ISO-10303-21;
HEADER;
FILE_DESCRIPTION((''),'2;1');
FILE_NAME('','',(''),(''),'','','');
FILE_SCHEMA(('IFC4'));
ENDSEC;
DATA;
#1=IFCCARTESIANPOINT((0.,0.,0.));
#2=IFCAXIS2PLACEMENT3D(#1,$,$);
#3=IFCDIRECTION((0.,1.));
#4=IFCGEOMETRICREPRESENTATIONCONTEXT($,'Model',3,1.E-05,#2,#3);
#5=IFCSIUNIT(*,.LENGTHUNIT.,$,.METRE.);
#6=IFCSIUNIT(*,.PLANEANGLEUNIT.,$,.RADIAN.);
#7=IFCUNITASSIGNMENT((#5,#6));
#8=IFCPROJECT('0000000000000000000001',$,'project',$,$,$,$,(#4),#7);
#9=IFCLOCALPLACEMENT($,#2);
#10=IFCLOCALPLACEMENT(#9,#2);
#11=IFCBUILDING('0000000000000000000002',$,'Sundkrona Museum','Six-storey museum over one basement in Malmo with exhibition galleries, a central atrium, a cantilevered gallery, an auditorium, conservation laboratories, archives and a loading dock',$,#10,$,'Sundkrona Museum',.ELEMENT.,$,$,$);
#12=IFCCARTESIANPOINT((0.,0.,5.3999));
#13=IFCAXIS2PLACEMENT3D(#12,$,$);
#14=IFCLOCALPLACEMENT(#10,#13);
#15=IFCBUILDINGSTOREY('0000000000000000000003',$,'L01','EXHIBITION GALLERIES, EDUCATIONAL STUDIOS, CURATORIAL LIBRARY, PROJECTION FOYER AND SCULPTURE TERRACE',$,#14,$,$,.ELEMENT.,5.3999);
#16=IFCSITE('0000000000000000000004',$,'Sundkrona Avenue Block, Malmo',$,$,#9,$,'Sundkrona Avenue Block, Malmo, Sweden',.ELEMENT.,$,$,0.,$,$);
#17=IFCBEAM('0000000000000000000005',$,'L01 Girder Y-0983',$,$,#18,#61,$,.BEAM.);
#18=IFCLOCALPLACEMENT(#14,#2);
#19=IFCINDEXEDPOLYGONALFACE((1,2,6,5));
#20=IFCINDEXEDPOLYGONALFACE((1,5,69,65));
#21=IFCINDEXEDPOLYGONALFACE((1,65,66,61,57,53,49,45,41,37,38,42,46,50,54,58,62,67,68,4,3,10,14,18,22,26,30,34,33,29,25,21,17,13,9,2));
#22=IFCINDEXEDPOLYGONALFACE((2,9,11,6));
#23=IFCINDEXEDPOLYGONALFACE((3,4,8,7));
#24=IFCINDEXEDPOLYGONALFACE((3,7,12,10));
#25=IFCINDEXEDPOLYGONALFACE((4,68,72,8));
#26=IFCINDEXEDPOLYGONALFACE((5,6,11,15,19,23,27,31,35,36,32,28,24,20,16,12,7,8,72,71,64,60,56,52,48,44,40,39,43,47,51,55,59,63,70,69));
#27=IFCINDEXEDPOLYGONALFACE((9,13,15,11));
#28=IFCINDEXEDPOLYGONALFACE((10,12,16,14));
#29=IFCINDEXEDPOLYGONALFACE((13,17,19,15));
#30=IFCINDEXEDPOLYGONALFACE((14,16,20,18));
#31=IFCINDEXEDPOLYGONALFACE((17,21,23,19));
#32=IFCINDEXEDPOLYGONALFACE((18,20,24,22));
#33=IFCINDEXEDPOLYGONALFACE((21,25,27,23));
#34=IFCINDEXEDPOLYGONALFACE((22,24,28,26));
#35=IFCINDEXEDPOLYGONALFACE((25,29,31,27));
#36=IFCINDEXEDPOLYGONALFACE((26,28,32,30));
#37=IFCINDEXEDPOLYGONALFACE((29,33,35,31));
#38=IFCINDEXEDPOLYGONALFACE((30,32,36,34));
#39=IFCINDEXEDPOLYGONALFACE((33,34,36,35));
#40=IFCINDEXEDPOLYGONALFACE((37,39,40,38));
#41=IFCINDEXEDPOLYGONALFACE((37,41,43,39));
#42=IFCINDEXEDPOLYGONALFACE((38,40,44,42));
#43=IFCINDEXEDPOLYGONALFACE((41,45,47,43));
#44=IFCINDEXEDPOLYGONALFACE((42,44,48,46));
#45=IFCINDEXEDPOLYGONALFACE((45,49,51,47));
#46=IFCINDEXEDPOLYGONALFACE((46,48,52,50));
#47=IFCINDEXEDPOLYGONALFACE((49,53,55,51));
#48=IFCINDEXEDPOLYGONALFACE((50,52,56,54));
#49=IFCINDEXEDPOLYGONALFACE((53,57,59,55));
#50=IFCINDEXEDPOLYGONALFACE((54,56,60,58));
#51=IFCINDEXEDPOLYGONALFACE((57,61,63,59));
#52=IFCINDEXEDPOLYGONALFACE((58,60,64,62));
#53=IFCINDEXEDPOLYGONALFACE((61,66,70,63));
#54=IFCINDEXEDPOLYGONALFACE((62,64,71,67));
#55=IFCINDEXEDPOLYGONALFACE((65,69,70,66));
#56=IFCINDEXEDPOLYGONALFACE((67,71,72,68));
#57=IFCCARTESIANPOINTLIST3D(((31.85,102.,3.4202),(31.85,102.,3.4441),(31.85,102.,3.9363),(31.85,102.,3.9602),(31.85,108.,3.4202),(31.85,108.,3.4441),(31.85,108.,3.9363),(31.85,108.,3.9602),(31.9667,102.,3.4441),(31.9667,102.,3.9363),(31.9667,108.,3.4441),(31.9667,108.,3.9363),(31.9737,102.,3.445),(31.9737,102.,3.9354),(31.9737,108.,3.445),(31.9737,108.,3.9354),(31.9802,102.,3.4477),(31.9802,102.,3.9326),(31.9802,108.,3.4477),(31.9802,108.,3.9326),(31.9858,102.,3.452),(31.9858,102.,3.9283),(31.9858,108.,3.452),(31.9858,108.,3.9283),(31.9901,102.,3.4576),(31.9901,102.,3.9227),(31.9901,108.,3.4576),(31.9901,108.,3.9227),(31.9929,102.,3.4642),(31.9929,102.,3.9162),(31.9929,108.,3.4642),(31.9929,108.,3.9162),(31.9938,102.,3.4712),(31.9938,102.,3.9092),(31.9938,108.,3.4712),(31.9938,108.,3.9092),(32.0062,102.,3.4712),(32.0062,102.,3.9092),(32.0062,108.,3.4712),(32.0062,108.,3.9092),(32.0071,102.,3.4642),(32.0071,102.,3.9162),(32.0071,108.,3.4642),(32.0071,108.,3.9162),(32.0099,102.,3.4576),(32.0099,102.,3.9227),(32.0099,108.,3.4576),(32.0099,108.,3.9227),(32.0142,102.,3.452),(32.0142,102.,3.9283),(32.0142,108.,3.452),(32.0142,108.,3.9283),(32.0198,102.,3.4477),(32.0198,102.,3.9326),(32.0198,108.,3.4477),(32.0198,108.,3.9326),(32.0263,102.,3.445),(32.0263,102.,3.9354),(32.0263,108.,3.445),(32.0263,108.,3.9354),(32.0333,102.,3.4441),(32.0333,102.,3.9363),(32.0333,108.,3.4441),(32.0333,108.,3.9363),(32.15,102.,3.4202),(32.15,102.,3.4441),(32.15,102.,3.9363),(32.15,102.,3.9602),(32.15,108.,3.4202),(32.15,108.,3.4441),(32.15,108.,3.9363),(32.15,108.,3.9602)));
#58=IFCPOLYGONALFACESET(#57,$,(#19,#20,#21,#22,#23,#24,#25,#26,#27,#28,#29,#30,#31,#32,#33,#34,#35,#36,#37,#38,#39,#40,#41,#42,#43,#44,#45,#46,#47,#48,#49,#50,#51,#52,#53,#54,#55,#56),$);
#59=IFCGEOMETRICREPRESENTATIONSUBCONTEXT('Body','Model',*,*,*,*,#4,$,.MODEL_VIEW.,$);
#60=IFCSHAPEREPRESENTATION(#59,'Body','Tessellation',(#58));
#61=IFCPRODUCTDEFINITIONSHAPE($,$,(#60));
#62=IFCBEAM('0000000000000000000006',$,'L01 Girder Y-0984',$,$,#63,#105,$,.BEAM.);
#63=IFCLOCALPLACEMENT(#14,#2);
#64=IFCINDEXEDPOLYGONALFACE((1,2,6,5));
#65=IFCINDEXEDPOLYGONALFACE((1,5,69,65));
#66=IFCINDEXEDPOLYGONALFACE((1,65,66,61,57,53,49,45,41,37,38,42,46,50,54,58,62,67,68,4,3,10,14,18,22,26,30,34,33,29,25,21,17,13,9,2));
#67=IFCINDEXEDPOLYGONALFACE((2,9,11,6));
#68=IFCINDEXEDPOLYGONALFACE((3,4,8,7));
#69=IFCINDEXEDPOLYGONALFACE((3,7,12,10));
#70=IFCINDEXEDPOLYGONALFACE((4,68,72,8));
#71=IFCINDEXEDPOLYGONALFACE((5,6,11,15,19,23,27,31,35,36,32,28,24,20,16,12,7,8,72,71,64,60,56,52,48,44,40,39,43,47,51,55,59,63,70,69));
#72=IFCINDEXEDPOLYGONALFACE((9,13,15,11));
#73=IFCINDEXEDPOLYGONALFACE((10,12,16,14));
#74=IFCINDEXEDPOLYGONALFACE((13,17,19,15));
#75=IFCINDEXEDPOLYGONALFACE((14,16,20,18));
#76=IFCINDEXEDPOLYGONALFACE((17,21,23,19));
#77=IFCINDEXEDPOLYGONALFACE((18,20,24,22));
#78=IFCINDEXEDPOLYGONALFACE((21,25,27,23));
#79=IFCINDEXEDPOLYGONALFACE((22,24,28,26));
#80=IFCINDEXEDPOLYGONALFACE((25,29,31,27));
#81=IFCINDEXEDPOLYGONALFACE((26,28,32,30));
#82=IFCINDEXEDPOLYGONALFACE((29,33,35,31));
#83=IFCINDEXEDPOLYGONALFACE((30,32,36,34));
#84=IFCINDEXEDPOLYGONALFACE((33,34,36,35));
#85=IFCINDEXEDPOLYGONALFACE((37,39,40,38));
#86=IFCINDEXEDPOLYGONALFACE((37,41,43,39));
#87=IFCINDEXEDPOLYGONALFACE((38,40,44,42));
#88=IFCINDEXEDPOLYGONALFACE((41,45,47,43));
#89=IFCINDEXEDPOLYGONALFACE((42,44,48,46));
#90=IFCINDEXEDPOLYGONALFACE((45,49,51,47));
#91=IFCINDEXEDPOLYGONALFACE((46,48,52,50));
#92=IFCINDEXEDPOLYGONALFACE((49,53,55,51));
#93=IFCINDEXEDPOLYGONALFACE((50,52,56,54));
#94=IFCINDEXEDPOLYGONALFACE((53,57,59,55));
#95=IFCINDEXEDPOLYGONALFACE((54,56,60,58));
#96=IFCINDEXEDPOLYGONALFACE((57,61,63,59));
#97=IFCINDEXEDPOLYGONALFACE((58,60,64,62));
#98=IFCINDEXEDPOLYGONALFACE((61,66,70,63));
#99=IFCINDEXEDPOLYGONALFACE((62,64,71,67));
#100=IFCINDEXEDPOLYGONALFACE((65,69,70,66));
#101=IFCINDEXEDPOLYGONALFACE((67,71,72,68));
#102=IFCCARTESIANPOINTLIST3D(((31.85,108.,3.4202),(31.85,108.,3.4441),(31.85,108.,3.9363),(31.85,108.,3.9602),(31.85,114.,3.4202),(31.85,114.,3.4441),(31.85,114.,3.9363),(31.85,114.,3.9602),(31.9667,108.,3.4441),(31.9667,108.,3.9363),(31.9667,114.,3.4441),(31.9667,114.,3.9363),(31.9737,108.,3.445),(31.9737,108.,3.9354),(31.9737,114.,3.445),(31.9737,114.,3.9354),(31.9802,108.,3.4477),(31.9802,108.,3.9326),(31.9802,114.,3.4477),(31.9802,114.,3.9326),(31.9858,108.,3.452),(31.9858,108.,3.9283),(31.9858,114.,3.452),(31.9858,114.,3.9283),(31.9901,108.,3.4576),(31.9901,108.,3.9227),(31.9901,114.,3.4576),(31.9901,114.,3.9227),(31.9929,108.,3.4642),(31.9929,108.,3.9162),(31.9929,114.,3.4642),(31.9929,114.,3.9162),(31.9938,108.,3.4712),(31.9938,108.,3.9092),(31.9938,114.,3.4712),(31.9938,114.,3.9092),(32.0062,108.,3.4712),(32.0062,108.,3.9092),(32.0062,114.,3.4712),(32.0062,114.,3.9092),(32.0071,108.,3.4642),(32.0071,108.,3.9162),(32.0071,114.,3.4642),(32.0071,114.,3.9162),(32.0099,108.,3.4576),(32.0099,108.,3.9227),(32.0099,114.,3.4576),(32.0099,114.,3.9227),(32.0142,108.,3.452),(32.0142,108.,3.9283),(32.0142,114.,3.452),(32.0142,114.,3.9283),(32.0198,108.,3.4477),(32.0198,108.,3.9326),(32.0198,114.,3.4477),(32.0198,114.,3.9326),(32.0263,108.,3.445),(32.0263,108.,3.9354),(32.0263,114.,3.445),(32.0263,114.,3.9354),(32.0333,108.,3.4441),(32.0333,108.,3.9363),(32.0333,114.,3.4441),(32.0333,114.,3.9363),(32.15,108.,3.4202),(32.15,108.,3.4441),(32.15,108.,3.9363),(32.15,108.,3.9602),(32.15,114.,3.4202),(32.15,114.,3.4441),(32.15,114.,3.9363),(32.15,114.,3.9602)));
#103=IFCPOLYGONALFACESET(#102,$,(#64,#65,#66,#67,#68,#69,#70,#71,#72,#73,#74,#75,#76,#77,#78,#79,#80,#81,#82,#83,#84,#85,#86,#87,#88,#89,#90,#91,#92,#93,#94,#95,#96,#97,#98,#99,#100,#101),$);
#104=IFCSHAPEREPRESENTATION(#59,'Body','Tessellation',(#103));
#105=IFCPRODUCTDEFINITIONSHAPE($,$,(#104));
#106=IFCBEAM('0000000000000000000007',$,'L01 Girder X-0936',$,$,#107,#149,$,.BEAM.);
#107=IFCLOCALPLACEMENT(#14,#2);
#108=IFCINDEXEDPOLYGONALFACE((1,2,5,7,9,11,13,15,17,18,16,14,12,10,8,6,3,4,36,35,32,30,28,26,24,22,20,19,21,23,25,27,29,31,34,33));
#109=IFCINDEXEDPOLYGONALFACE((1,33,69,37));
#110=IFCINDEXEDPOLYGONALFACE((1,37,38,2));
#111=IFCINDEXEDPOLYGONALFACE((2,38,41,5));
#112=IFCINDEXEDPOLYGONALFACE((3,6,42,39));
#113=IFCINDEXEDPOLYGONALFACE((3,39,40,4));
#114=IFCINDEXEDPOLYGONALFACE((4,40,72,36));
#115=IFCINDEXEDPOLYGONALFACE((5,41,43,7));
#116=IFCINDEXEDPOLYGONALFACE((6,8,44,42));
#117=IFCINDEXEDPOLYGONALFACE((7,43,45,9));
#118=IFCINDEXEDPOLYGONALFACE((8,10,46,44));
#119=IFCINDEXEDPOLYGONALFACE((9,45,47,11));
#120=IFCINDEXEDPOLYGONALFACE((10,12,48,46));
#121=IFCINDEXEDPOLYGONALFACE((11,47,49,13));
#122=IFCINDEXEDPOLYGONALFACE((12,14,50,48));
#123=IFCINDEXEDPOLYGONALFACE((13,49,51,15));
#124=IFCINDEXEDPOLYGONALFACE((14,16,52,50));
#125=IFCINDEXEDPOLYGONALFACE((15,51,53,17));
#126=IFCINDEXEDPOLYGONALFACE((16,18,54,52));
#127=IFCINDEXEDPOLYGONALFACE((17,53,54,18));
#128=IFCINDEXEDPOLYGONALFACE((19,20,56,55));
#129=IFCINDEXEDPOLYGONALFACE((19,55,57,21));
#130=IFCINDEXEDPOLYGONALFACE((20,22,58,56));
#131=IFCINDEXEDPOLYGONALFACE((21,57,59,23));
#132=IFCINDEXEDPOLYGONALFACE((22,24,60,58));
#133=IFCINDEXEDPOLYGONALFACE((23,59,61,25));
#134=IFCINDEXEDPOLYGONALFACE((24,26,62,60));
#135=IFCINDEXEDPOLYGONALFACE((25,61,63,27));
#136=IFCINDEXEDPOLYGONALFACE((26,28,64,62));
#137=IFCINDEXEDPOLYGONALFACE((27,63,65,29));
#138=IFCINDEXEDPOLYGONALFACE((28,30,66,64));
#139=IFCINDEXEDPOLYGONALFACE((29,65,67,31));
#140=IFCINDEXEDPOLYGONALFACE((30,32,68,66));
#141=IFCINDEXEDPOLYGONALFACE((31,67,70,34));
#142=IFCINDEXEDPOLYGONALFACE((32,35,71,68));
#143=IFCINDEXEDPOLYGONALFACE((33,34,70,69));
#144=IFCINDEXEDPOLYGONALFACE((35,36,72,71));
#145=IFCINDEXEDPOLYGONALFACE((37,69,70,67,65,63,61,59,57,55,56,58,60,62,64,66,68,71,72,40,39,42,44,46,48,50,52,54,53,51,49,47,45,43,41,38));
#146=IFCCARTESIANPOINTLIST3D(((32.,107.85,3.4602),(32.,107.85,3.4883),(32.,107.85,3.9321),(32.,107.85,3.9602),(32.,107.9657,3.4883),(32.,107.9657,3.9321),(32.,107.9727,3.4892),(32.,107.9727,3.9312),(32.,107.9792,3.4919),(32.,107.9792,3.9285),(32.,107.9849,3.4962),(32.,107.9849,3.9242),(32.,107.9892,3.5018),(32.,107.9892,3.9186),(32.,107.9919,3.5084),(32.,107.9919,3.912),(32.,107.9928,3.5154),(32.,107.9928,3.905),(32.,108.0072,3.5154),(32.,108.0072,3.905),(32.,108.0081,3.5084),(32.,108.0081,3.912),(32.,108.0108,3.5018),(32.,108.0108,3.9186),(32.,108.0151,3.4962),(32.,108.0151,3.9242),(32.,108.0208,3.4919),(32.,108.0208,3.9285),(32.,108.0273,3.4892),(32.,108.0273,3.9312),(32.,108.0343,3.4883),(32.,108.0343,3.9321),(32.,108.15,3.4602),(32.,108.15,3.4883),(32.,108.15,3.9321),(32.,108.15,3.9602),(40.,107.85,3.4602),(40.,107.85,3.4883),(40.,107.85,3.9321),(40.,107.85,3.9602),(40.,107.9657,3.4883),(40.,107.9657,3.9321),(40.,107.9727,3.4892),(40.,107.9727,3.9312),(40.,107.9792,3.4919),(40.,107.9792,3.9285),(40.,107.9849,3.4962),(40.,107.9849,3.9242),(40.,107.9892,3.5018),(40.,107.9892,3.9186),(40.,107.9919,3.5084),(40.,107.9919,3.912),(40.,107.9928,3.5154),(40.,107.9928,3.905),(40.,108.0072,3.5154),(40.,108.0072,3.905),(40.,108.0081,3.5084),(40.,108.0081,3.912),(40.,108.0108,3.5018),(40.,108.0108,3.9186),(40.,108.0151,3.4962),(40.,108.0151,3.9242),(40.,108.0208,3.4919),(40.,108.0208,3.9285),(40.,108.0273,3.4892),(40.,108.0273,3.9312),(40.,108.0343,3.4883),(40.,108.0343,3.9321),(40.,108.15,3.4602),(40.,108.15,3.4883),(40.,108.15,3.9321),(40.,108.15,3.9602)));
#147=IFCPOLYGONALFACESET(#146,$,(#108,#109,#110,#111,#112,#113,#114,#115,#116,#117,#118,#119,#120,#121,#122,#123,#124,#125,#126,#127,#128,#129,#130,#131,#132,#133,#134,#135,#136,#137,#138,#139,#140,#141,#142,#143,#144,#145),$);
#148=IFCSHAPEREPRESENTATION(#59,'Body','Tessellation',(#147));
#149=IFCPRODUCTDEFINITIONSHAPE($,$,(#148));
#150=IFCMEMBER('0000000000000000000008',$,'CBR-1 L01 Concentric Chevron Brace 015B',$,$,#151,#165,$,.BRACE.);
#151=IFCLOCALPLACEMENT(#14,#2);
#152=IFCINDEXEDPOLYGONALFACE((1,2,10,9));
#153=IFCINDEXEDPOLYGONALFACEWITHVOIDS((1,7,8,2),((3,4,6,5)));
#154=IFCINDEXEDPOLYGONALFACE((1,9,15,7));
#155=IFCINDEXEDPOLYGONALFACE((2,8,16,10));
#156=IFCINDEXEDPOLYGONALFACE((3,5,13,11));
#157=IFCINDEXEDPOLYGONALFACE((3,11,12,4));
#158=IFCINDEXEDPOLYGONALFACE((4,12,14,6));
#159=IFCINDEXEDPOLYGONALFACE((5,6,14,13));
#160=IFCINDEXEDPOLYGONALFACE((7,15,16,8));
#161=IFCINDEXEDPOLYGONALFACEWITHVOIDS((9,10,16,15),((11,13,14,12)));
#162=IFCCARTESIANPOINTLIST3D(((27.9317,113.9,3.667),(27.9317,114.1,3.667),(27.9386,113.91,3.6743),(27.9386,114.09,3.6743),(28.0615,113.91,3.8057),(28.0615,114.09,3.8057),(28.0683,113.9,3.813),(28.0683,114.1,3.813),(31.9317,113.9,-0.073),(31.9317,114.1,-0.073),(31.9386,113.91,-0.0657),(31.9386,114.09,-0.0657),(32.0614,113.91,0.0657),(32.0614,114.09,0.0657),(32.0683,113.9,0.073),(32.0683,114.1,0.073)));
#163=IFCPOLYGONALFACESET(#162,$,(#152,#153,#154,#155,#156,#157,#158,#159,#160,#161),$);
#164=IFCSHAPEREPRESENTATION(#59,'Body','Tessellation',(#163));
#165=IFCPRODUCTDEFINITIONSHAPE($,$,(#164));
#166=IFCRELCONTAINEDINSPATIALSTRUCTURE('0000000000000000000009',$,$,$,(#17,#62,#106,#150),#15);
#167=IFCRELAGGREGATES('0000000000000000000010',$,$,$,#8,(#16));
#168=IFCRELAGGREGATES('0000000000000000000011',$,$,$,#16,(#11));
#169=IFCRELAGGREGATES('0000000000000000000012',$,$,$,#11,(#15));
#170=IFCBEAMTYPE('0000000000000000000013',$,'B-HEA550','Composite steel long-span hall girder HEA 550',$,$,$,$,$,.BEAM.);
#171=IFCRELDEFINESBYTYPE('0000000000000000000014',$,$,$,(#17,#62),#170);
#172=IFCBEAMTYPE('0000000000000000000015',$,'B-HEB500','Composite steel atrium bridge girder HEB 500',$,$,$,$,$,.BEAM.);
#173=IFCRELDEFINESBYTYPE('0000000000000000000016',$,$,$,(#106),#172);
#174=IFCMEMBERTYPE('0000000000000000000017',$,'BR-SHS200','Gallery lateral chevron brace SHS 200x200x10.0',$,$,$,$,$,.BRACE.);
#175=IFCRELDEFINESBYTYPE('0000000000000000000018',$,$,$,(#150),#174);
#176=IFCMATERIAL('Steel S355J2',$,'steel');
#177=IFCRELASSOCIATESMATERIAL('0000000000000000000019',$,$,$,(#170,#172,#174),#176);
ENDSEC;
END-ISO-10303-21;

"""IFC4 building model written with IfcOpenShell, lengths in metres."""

from ifc_helpers import new_model, si_unit, direction, frame, origin, origin_2d, place, context, subcontext, project, spatial, hollow_rectangle, i_section, extrude, material, material_profile, profile_set, type_object, element, save


model = new_model("IFC4")

# Units and contexts
model_context = context("Model", 3, precision=1e-05, world=origin(), true_north=direction((0.0, 1.0)))
body_context = subcontext(model_context, "Body", "Model", "MODEL_VIEW")
ifc_project = project(units=[si_unit("LENGTHUNIT", "METRE"), si_unit("PLANEANGLEUNIT", "RADIAN")], contexts=[model_context])

# Site, building, storey
site_placement = place(None, origin())
site = spatial("IfcSite", under=ifc_project, at=site_placement, Name="Sundkrona Avenue Block, Malmo", LongName="Sundkrona Avenue Block, Malmo, Sweden", CompositionType="ELEMENT", RefElevation=0.0)
building_placement = place(site_placement, origin())
building = spatial("IfcBuilding", under=site, at=building_placement, Name="Sundkrona Museum", Description="Six-storey museum over one basement in Malmo with exhibition galleries, a central atrium, a cantilevered gallery, an auditorium, conservation laboratories, archives and a loading dock", LongName="Sundkrona Museum", CompositionType="ELEMENT")
storey_placement = place(building_placement, frame((0.0, 0.0, 5.3999)))
storey = spatial("IfcBuildingStorey", under=building, at=storey_placement, Name="L01", Description="EXHIBITION GALLERIES, EDUCATIONAL STUDIOS, CURATORIAL LIBRARY, PROJECTION FOYER AND SCULPTURE TERRACE", CompositionType="ELEMENT", Elevation=5.3999)

# Shared definitions
ifc_material_1 = material(Name="Steel S355J2", Category="steel")

# Beams
ifc_material_profile_1 = material_profile(ifc_material_1, i_section(OverallWidth=0.3, OverallDepth=0.54, WebThickness=0.0125, FlangeThickness=0.0239, FilletRadius=0.0271, at=origin_2d()), Name="HEA 550")
ifc_profile_set_1 = profile_set([ifc_material_profile_1], Name="Steel S355J2")
beam_type_1 = type_object("IfcBeamType", Name="B-HEA550", Description="Composite steel long-span hall girder HEA 550", PredefinedType="BEAM", material=ifc_profile_set_1)
for number, where, z_axis, x_axis, name in (
    (1, (32.0, 102.0, 3.6902), (0.0, 1.0, 0.0), (-1.0, 0.0, 0.0), "L01 Girder Y-0983"),
    (2, (32.0, 108.0, 3.6902), (0.0, 1.0, 0.0), (-1.0, 0.0, 0.0), "L01 Girder Y-0984"),
):
    element("IfcBeam", number, at=place(storey_placement, frame(where, z_axis=z_axis, x_axis=x_axis)), inside=storey, type_object=beam_type_1, Name=name, PredefinedType="BEAM", context=body_context, shape_type="SweptSolid", body=[
        extrude(i_section(OverallWidth=0.3, OverallDepth=0.54, WebThickness=0.0125, FlangeThickness=0.0239, FilletRadius=0.0271, at=origin_2d()), origin(), (0.0, 0.0, 1.0), 6.0),
    ])
ifc_material_profile_2 = material_profile(ifc_material_1, i_section(OverallWidth=0.3, OverallDepth=0.5, WebThickness=0.0144, FlangeThickness=0.0281, FilletRadius=0.0271, at=origin_2d()), Name="HEB 500")
ifc_profile_set_2 = profile_set([ifc_material_profile_2], Name="Steel S355J2")
beam_type_2 = type_object("IfcBeamType", Name="B-HEB500", Description="Composite steel atrium bridge girder HEB 500", PredefinedType="BEAM", material=ifc_profile_set_2)
beam_1_placement = place(storey_placement, frame((32.0, 108.0, 3.7102), z_axis=(1.0, 0.0, 0.0), x_axis=(0.0, 1.0, 0.0)))
element("IfcBeam", 3, at=beam_1_placement, inside=storey, type_object=beam_type_2, Name="L01 Girder X-0936", PredefinedType="BEAM", context=body_context, shape_type="SweptSolid", body=[
    extrude(i_section(OverallWidth=0.3, OverallDepth=0.5, WebThickness=0.0144, FlangeThickness=0.0281, FilletRadius=0.0271, at=origin_2d()), origin(), (0.0, 0.0, 1.0), 8.0),
])

# Member
ifc_material_profile_3 = material_profile(ifc_material_1, hollow_rectangle(XDim=0.2, YDim=0.2, WallThickness=0.01, at=origin_2d()), Name="SHS 200x200x10.0")
ifc_profile_set_3 = profile_set([ifc_material_profile_3], Name="Steel S355J2")
member_type = type_object("IfcMemberType", Name="BR-SHS200", Description="Gallery lateral chevron brace SHS 200x200x10.0", PredefinedType="BRACE", material=ifc_profile_set_3)
member_placement = place(storey_placement, frame((32.0, 114.0, 0.0), z_axis=(-0.730449, 0.0, 0.682968), x_axis=(0.0, -1.0, 0.0)))
element("IfcMember", 4, at=member_placement, inside=storey, type_object=member_type, Name="CBR-1 L01 Concentric Chevron Brace 015B", PredefinedType="BRACE", context=body_context, shape_type="SweptSolid", body=[
    extrude(hollow_rectangle(XDim=0.2, YDim=0.2, WallThickness=0.01, at=origin_2d()), origin(), (0.0, 0.0, 1.0), 5.4761),
])

save(model, "model.ifc")
